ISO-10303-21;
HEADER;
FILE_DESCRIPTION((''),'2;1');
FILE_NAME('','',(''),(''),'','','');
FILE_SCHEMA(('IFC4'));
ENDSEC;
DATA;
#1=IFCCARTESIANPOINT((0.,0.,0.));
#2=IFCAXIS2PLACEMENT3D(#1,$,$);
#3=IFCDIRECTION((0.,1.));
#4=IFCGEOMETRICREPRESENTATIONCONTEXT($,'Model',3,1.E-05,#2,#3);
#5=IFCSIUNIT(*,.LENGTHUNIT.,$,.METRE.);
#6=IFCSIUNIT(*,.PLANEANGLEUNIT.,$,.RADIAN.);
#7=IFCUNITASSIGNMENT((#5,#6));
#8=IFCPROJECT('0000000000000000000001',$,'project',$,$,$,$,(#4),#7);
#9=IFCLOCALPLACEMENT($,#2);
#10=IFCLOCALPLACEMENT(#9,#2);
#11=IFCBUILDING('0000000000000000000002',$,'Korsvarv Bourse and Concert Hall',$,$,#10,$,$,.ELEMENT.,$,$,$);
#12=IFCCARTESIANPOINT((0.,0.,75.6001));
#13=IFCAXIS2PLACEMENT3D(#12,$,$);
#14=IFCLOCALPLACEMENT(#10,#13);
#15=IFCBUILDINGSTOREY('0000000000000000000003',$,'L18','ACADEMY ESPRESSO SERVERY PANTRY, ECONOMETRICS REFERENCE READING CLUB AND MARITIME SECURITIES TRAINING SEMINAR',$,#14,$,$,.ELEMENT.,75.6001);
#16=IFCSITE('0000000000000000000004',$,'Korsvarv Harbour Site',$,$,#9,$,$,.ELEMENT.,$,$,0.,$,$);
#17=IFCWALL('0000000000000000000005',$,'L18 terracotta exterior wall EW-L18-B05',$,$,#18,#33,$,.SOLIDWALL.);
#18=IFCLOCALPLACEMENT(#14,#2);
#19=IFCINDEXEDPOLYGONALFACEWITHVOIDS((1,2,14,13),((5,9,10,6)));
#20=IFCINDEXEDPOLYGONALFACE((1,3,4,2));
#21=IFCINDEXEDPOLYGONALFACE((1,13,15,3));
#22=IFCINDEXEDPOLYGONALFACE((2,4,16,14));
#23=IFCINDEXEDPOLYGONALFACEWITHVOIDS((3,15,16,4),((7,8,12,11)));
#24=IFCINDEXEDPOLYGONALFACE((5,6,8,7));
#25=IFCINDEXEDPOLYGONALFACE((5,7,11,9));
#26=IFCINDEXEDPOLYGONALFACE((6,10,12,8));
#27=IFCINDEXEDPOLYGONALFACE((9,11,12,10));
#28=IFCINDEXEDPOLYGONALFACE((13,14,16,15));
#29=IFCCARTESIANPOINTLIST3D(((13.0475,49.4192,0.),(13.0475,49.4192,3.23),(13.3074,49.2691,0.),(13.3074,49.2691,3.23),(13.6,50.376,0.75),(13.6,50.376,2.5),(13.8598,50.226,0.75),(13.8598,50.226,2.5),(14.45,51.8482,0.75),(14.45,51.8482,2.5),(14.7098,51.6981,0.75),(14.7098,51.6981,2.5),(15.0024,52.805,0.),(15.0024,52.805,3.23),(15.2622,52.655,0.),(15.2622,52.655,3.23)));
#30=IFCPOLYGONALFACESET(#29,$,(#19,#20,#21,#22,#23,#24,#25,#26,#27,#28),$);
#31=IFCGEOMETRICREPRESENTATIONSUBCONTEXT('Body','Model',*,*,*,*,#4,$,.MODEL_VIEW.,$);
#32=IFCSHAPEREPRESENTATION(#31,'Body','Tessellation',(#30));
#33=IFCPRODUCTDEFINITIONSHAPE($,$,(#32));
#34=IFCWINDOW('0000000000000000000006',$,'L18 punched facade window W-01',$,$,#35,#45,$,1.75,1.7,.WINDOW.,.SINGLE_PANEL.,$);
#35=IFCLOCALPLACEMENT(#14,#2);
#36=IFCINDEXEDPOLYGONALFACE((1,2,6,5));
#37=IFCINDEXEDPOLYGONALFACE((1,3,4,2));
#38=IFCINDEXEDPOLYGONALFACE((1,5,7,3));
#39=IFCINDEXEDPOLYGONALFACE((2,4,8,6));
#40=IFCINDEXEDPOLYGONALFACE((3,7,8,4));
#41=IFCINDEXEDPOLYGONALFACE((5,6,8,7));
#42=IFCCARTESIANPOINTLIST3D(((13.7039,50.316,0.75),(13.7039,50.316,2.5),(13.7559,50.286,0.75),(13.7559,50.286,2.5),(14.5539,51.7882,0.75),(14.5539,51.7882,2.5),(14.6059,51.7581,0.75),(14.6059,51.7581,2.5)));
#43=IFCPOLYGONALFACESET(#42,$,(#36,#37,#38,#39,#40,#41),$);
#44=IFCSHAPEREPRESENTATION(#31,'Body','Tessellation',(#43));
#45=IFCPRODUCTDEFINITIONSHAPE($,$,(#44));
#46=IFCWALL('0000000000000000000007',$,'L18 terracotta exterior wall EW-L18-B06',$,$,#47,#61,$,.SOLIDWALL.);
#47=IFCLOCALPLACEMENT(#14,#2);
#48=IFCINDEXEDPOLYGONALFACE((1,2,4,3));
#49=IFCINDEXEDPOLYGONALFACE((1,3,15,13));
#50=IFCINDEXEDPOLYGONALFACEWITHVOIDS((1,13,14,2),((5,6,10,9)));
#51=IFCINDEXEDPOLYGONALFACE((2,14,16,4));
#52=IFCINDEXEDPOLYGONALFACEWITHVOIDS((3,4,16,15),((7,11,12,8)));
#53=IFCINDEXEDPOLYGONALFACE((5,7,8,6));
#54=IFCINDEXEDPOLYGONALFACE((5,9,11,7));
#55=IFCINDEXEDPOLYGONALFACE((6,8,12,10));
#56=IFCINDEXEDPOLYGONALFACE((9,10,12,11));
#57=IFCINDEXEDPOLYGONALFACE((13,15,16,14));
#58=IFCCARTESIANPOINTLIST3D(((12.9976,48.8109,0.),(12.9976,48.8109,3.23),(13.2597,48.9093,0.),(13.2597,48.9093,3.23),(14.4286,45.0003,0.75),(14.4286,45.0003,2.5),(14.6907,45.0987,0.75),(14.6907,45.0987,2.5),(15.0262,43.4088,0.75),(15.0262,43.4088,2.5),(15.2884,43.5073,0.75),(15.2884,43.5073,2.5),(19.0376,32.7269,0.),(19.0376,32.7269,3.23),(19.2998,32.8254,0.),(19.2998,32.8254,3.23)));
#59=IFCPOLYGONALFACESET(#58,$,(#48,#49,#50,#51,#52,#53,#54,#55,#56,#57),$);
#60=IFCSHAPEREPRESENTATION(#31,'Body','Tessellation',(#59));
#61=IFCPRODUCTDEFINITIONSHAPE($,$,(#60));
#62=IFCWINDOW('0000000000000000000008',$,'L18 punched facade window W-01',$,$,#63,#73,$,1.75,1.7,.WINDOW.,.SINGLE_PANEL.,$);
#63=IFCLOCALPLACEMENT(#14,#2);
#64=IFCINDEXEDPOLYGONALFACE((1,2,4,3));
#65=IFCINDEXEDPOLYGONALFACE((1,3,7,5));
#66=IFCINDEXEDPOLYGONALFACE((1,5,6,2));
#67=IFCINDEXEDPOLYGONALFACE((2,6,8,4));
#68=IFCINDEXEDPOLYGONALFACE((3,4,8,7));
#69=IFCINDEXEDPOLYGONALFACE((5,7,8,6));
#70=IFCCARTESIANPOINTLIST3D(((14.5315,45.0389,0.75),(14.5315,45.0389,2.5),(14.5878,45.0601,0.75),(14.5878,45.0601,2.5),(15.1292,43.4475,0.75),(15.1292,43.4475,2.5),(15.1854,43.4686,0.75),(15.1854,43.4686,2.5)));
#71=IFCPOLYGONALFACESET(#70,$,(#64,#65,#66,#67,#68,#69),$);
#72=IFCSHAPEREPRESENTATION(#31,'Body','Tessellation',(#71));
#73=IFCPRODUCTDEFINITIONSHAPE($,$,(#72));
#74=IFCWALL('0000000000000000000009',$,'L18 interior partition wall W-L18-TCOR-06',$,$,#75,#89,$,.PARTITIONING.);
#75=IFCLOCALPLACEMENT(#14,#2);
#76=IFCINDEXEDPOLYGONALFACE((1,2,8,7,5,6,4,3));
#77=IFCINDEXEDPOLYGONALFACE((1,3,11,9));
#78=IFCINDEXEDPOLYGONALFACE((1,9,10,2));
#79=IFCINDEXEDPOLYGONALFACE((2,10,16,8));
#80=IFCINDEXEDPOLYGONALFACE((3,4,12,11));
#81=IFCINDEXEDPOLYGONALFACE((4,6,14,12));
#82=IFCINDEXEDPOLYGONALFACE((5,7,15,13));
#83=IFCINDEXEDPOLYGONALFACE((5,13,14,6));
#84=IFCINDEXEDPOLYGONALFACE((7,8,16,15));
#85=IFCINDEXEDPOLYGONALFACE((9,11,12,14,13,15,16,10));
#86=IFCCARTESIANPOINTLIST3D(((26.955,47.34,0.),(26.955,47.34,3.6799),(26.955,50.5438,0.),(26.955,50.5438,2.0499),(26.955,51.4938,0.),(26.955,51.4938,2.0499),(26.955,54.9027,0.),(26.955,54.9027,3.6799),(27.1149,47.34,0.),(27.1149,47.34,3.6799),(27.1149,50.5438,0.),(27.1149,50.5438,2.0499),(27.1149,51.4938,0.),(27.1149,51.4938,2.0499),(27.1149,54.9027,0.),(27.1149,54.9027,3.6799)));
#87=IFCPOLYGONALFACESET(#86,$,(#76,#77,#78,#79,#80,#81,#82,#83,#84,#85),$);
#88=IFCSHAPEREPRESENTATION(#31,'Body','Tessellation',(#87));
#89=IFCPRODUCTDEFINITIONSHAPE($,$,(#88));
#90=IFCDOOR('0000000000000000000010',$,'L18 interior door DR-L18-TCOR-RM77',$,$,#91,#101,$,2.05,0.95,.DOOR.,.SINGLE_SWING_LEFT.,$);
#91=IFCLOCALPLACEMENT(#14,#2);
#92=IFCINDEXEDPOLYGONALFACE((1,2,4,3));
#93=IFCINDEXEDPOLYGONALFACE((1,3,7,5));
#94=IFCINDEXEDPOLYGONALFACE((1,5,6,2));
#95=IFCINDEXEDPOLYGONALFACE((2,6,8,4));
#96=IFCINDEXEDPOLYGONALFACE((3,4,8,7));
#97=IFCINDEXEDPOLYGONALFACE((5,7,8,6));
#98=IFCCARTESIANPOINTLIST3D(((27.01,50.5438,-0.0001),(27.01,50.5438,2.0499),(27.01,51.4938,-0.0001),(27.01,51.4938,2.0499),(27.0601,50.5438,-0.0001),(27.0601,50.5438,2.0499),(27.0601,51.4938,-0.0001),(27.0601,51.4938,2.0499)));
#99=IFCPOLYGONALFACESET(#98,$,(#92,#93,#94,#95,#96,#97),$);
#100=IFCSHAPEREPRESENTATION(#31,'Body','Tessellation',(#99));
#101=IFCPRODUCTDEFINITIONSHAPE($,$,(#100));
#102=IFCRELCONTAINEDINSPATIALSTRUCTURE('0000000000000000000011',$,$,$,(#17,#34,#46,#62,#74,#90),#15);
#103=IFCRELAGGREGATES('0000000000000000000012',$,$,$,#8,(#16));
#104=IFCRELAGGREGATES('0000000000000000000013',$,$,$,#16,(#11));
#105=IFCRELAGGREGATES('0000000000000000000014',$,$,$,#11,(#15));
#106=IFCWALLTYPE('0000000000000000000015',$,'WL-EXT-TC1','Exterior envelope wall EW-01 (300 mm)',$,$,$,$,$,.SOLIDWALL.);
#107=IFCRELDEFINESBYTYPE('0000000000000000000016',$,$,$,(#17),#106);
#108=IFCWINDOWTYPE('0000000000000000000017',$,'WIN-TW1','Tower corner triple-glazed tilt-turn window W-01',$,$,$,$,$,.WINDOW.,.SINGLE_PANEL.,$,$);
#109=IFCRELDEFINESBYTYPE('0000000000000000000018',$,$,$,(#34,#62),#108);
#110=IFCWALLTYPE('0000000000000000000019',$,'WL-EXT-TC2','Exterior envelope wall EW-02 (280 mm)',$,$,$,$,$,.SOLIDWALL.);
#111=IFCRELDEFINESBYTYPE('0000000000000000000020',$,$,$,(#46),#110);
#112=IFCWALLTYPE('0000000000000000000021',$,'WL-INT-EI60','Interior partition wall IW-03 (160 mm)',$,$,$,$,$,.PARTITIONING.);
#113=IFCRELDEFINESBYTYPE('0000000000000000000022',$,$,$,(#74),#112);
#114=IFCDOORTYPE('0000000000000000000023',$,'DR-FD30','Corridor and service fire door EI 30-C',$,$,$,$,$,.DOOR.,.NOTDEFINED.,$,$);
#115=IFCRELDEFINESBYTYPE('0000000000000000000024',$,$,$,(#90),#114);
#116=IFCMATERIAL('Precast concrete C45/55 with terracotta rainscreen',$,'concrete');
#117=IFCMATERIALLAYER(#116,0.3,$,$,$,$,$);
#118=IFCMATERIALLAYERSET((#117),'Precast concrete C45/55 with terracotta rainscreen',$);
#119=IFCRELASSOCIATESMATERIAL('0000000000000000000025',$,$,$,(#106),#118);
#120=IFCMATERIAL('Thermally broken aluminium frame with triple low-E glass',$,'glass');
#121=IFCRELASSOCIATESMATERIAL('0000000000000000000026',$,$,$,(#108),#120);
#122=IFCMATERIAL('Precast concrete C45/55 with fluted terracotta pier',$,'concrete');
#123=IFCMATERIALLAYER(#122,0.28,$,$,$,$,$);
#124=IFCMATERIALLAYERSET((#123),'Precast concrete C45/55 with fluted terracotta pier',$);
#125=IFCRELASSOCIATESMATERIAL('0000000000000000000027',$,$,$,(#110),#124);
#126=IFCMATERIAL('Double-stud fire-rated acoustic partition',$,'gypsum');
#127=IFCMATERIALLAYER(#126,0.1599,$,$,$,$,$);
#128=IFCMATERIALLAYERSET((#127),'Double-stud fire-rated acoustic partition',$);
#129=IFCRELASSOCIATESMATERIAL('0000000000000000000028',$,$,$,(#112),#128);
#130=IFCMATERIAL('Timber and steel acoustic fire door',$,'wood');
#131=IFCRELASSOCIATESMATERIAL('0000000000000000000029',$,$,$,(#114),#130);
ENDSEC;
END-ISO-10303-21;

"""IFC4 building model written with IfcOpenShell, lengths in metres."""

from ifc_helpers import new_model, si_unit, direction, frame, frame_2d, origin, place, context, subcontext, project, spatial, rectangle, extrude, material, layer, layer_set, type_object, element, fill, save


model = new_model("IFC4")

# Units and contexts
model_context = context("Model", 3, precision=1e-05, world=origin(), true_north=direction((0.0, 1.0)))
body_context = subcontext(model_context, "Body", "Model", "MODEL_VIEW")
ifc_project = project(units=[si_unit("LENGTHUNIT", "METRE"), si_unit("PLANEANGLEUNIT", "RADIAN")], contexts=[model_context])

# Site, building, storey
site_placement = place(None, origin())
site = spatial("IfcSite", under=ifc_project, at=site_placement, Name="Korsvarv Harbour Site", CompositionType="ELEMENT", RefElevation=0.0)
building_placement = place(site_placement, origin())
building = spatial("IfcBuilding", under=site, at=building_placement, Name="Korsvarv Bourse and Concert Hall", CompositionType="ELEMENT")
storey_placement = place(building_placement, frame((0.0, 0.0, 75.6001)))
storey = spatial("IfcBuildingStorey", under=building, at=storey_placement, Name="L18", Description="ACADEMY ESPRESSO SERVERY PANTRY, ECONOMETRICS REFERENCE READING CLUB AND MARITIME SECURITIES TRAINING SEMINAR", CompositionType="ELEMENT", Elevation=75.6001)

# Walls, openings, windows
ifc_material_1 = material(Name="Precast concrete C45/55 with terracotta rainscreen", Category="concrete")
ifc_layer_1 = layer(ifc_material_1, 0.3)
ifc_layer_set_1 = layer_set([ifc_layer_1], Name="Precast concrete C45/55 with terracotta rainscreen")
wall_type_1 = type_object("IfcWallType", Name="WL-EXT-TC1", Description="Exterior envelope wall EW-01 (300 mm)", PredefinedType="SOLIDWALL", material=ifc_layer_set_1)
wall_1_placement = place(storey_placement, frame((15.1323, 52.73, 0.0), z_axis=(0.0, 0.0, 1.0), x_axis=(-0.500014, -0.866017, 0.0)))
wall_1 = element("IfcWall", 1, at=wall_1_placement, inside=storey, type_object=wall_type_1, Name="L18 terracotta exterior wall EW-L18-B05", PredefinedType="SOLIDWALL", context=body_context, shape_type="SweptSolid", body=[
    extrude(rectangle(XDim=3.9097, YDim=0.3, at=frame_2d((1.9548, 0.0))), origin(), (0.0, 0.0, 1.0), 3.23),
])
opening_1_placement = place(wall_1_placement, frame((1.1047, 0.0, 0.75)))
opening_1 = element("IfcOpeningElement", 2, at=opening_1_placement, cuts=wall_1, PredefinedType="OPENING", context=body_context, shape_type="SweptSolid", body=[
    extrude(rectangle(XDim=1.7, YDim=1.75, at=frame_2d((0.8501, 0.875))), frame((0.0, 0.1602, 0.0), z_axis=(0.0, -1.0, 0.0), x_axis=(1.0, 0.0, 0.0)), (0.0, 0.0, 1.0), 0.3201),
])
ifc_material_2 = material(Name="Thermally broken aluminium frame with triple low-E glass", Category="glass")
window_type = type_object("IfcWindowType", Name="WIN-TW1", Description="Tower corner triple-glazed tilt-turn window W-01", PartitioningType="SINGLE_PANEL", PredefinedType="WINDOW", material=ifc_material_2)
window_1_placement = place(opening_1_placement, origin())
window_1 = element("IfcWindow", 3, at=window_1_placement, inside=storey, type_object=window_type, Name="L18 punched facade window W-01", OverallHeight=1.75, OverallWidth=1.7, PartitioningType="SINGLE_PANEL", PredefinedType="WINDOW", context=body_context, shape_type="SweptSolid", body=[
    extrude(rectangle(XDim=1.7, YDim=1.75, at=frame_2d((0.8501, 0.875))), frame((0.0, 0.03, 0.0), z_axis=(0.0, -1.0, 0.0), x_axis=(1.0, 0.0, 0.0)), (0.0, 0.0, 1.0), 0.0601),
])
fill(opening_1, window_1)
ifc_material_3 = material(Name="Precast concrete C45/55 with fluted terracotta pier", Category="concrete")
ifc_layer_2 = layer(ifc_material_3, 0.28)
ifc_layer_set_2 = layer_set([ifc_layer_2], Name="Precast concrete C45/55 with fluted terracotta pier")
wall_type_2 = type_object("IfcWallType", Name="WL-EXT-TC2", Description="Exterior envelope wall EW-02 (280 mm)", PredefinedType="SOLIDWALL", material=ifc_layer_set_2)
wall_2_placement = place(storey_placement, frame((13.1287, 48.8601, 0.0), z_axis=(0.0, 0.0, 1.0), x_axis=(0.351559, -0.936166, 0.0)))
wall_2 = element("IfcWall", 4, at=wall_2_placement, inside=storey, type_object=wall_type_2, Name="L18 terracotta exterior wall EW-L18-B06", PredefinedType="SOLIDWALL", context=body_context, shape_type="SweptSolid", body=[
    extrude(rectangle(XDim=17.1807, YDim=0.28, at=frame_2d((8.5903, 0.0))), origin(), (0.0, 0.0, 1.0), 3.23),
])
opening_2_placement = place(wall_2_placement, frame((4.0703, 0.0, 0.75)))
opening_2 = element("IfcOpeningElement", 5, at=opening_2_placement, cuts=wall_2, PredefinedType="OPENING", context=body_context, shape_type="SweptSolid", body=[
    extrude(rectangle(XDim=1.7, YDim=1.75, at=frame_2d((0.8501, 0.875))), frame((0.0, 0.1499, 0.0), z_axis=(0.0, -1.0, 0.0), x_axis=(1.0, 0.0, 0.0)), (0.0, 0.0, 1.0), 0.3),
])
window_2_placement = place(opening_2_placement, origin())
window_2 = element("IfcWindow", 6, at=window_2_placement, inside=storey, type_object=window_type, Name="L18 punched facade window W-01", OverallHeight=1.75, OverallWidth=1.7, PartitioningType="SINGLE_PANEL", PredefinedType="WINDOW", context=body_context, shape_type="SweptSolid", body=[
    extrude(rectangle(XDim=1.7, YDim=1.75, at=frame_2d((0.8501, 0.875))), frame((0.0, 0.03, 0.0), z_axis=(0.0, -1.0, 0.0), x_axis=(1.0, 0.0, 0.0)), (0.0, 0.0, 1.0), 0.0601),
])
fill(opening_2, window_2)

# Wall, opening, door
ifc_material_4 = material(Name="Double-stud fire-rated acoustic partition", Category="gypsum")
ifc_layer_3 = layer(ifc_material_4, 0.1599)
ifc_layer_set_3 = layer_set([ifc_layer_3], Name="Double-stud fire-rated acoustic partition")
wall_type_3 = type_object("IfcWallType", Name="WL-INT-EI60", Description="Interior partition wall IW-03 (160 mm)", PredefinedType="PARTITIONING", material=ifc_layer_set_3)
wall_3_placement = place(storey_placement, frame((27.0349, 47.3401, 0.0), z_axis=(0.0, 0.0, 1.0), x_axis=(0.0, 1.0, 0.0)))
wall_3 = element("IfcWall", 7, at=wall_3_placement, inside=storey, type_object=wall_type_3, Name="L18 interior partition wall W-L18-TCOR-06", PredefinedType="PARTITIONING", context=body_context, shape_type="SweptSolid", body=[
    extrude(rectangle(XDim=7.5627, YDim=0.1599, at=frame_2d((3.7812, 0.0))), origin(), (0.0, 0.0, 1.0), 3.6799),
])
opening_3_placement = place(wall_3_placement, frame((3.2036, 0.0, 0.0)))
opening_3 = element("IfcOpeningElement", 8, at=opening_3_placement, cuts=wall_3, PredefinedType="OPENING", context=body_context, shape_type="SweptSolid", body=[
    extrude(rectangle(XDim=0.95, YDim=2.05, at=frame_2d((0.4751, 1.0249))), frame((0.0, 0.0898, 0.0), z_axis=(0.0, -1.0, 0.0), x_axis=(1.0, 0.0, 0.0)), (0.0, 0.0, 1.0), 0.1799),
])
ifc_material_5 = material(Name="Timber and steel acoustic fire door", Category="wood")
door_type = type_object("IfcDoorType", Name="DR-FD30", Description="Corridor and service fire door EI 30-C", OperationType="NOTDEFINED", PredefinedType="DOOR", material=ifc_material_5)
door_placement = place(opening_3_placement, origin())
door = element("IfcDoor", 9, at=door_placement, inside=storey, type_object=door_type, Name="L18 interior door DR-L18-TCOR-RM77", OperationType="SINGLE_SWING_LEFT", OverallHeight=2.05, OverallWidth=0.95, PredefinedType="DOOR", context=body_context, shape_type="SweptSolid", body=[
    extrude(rectangle(XDim=0.95, YDim=2.05, at=frame_2d((0.4751, 1.0249))), frame((0.0, 0.0249, 0.0), z_axis=(0.0, -1.0, 0.0), x_axis=(1.0, 0.0, 0.0)), (0.0, 0.0, 1.0), 0.05),
])
fill(opening_3, door)

save(model, "model.ifc")
